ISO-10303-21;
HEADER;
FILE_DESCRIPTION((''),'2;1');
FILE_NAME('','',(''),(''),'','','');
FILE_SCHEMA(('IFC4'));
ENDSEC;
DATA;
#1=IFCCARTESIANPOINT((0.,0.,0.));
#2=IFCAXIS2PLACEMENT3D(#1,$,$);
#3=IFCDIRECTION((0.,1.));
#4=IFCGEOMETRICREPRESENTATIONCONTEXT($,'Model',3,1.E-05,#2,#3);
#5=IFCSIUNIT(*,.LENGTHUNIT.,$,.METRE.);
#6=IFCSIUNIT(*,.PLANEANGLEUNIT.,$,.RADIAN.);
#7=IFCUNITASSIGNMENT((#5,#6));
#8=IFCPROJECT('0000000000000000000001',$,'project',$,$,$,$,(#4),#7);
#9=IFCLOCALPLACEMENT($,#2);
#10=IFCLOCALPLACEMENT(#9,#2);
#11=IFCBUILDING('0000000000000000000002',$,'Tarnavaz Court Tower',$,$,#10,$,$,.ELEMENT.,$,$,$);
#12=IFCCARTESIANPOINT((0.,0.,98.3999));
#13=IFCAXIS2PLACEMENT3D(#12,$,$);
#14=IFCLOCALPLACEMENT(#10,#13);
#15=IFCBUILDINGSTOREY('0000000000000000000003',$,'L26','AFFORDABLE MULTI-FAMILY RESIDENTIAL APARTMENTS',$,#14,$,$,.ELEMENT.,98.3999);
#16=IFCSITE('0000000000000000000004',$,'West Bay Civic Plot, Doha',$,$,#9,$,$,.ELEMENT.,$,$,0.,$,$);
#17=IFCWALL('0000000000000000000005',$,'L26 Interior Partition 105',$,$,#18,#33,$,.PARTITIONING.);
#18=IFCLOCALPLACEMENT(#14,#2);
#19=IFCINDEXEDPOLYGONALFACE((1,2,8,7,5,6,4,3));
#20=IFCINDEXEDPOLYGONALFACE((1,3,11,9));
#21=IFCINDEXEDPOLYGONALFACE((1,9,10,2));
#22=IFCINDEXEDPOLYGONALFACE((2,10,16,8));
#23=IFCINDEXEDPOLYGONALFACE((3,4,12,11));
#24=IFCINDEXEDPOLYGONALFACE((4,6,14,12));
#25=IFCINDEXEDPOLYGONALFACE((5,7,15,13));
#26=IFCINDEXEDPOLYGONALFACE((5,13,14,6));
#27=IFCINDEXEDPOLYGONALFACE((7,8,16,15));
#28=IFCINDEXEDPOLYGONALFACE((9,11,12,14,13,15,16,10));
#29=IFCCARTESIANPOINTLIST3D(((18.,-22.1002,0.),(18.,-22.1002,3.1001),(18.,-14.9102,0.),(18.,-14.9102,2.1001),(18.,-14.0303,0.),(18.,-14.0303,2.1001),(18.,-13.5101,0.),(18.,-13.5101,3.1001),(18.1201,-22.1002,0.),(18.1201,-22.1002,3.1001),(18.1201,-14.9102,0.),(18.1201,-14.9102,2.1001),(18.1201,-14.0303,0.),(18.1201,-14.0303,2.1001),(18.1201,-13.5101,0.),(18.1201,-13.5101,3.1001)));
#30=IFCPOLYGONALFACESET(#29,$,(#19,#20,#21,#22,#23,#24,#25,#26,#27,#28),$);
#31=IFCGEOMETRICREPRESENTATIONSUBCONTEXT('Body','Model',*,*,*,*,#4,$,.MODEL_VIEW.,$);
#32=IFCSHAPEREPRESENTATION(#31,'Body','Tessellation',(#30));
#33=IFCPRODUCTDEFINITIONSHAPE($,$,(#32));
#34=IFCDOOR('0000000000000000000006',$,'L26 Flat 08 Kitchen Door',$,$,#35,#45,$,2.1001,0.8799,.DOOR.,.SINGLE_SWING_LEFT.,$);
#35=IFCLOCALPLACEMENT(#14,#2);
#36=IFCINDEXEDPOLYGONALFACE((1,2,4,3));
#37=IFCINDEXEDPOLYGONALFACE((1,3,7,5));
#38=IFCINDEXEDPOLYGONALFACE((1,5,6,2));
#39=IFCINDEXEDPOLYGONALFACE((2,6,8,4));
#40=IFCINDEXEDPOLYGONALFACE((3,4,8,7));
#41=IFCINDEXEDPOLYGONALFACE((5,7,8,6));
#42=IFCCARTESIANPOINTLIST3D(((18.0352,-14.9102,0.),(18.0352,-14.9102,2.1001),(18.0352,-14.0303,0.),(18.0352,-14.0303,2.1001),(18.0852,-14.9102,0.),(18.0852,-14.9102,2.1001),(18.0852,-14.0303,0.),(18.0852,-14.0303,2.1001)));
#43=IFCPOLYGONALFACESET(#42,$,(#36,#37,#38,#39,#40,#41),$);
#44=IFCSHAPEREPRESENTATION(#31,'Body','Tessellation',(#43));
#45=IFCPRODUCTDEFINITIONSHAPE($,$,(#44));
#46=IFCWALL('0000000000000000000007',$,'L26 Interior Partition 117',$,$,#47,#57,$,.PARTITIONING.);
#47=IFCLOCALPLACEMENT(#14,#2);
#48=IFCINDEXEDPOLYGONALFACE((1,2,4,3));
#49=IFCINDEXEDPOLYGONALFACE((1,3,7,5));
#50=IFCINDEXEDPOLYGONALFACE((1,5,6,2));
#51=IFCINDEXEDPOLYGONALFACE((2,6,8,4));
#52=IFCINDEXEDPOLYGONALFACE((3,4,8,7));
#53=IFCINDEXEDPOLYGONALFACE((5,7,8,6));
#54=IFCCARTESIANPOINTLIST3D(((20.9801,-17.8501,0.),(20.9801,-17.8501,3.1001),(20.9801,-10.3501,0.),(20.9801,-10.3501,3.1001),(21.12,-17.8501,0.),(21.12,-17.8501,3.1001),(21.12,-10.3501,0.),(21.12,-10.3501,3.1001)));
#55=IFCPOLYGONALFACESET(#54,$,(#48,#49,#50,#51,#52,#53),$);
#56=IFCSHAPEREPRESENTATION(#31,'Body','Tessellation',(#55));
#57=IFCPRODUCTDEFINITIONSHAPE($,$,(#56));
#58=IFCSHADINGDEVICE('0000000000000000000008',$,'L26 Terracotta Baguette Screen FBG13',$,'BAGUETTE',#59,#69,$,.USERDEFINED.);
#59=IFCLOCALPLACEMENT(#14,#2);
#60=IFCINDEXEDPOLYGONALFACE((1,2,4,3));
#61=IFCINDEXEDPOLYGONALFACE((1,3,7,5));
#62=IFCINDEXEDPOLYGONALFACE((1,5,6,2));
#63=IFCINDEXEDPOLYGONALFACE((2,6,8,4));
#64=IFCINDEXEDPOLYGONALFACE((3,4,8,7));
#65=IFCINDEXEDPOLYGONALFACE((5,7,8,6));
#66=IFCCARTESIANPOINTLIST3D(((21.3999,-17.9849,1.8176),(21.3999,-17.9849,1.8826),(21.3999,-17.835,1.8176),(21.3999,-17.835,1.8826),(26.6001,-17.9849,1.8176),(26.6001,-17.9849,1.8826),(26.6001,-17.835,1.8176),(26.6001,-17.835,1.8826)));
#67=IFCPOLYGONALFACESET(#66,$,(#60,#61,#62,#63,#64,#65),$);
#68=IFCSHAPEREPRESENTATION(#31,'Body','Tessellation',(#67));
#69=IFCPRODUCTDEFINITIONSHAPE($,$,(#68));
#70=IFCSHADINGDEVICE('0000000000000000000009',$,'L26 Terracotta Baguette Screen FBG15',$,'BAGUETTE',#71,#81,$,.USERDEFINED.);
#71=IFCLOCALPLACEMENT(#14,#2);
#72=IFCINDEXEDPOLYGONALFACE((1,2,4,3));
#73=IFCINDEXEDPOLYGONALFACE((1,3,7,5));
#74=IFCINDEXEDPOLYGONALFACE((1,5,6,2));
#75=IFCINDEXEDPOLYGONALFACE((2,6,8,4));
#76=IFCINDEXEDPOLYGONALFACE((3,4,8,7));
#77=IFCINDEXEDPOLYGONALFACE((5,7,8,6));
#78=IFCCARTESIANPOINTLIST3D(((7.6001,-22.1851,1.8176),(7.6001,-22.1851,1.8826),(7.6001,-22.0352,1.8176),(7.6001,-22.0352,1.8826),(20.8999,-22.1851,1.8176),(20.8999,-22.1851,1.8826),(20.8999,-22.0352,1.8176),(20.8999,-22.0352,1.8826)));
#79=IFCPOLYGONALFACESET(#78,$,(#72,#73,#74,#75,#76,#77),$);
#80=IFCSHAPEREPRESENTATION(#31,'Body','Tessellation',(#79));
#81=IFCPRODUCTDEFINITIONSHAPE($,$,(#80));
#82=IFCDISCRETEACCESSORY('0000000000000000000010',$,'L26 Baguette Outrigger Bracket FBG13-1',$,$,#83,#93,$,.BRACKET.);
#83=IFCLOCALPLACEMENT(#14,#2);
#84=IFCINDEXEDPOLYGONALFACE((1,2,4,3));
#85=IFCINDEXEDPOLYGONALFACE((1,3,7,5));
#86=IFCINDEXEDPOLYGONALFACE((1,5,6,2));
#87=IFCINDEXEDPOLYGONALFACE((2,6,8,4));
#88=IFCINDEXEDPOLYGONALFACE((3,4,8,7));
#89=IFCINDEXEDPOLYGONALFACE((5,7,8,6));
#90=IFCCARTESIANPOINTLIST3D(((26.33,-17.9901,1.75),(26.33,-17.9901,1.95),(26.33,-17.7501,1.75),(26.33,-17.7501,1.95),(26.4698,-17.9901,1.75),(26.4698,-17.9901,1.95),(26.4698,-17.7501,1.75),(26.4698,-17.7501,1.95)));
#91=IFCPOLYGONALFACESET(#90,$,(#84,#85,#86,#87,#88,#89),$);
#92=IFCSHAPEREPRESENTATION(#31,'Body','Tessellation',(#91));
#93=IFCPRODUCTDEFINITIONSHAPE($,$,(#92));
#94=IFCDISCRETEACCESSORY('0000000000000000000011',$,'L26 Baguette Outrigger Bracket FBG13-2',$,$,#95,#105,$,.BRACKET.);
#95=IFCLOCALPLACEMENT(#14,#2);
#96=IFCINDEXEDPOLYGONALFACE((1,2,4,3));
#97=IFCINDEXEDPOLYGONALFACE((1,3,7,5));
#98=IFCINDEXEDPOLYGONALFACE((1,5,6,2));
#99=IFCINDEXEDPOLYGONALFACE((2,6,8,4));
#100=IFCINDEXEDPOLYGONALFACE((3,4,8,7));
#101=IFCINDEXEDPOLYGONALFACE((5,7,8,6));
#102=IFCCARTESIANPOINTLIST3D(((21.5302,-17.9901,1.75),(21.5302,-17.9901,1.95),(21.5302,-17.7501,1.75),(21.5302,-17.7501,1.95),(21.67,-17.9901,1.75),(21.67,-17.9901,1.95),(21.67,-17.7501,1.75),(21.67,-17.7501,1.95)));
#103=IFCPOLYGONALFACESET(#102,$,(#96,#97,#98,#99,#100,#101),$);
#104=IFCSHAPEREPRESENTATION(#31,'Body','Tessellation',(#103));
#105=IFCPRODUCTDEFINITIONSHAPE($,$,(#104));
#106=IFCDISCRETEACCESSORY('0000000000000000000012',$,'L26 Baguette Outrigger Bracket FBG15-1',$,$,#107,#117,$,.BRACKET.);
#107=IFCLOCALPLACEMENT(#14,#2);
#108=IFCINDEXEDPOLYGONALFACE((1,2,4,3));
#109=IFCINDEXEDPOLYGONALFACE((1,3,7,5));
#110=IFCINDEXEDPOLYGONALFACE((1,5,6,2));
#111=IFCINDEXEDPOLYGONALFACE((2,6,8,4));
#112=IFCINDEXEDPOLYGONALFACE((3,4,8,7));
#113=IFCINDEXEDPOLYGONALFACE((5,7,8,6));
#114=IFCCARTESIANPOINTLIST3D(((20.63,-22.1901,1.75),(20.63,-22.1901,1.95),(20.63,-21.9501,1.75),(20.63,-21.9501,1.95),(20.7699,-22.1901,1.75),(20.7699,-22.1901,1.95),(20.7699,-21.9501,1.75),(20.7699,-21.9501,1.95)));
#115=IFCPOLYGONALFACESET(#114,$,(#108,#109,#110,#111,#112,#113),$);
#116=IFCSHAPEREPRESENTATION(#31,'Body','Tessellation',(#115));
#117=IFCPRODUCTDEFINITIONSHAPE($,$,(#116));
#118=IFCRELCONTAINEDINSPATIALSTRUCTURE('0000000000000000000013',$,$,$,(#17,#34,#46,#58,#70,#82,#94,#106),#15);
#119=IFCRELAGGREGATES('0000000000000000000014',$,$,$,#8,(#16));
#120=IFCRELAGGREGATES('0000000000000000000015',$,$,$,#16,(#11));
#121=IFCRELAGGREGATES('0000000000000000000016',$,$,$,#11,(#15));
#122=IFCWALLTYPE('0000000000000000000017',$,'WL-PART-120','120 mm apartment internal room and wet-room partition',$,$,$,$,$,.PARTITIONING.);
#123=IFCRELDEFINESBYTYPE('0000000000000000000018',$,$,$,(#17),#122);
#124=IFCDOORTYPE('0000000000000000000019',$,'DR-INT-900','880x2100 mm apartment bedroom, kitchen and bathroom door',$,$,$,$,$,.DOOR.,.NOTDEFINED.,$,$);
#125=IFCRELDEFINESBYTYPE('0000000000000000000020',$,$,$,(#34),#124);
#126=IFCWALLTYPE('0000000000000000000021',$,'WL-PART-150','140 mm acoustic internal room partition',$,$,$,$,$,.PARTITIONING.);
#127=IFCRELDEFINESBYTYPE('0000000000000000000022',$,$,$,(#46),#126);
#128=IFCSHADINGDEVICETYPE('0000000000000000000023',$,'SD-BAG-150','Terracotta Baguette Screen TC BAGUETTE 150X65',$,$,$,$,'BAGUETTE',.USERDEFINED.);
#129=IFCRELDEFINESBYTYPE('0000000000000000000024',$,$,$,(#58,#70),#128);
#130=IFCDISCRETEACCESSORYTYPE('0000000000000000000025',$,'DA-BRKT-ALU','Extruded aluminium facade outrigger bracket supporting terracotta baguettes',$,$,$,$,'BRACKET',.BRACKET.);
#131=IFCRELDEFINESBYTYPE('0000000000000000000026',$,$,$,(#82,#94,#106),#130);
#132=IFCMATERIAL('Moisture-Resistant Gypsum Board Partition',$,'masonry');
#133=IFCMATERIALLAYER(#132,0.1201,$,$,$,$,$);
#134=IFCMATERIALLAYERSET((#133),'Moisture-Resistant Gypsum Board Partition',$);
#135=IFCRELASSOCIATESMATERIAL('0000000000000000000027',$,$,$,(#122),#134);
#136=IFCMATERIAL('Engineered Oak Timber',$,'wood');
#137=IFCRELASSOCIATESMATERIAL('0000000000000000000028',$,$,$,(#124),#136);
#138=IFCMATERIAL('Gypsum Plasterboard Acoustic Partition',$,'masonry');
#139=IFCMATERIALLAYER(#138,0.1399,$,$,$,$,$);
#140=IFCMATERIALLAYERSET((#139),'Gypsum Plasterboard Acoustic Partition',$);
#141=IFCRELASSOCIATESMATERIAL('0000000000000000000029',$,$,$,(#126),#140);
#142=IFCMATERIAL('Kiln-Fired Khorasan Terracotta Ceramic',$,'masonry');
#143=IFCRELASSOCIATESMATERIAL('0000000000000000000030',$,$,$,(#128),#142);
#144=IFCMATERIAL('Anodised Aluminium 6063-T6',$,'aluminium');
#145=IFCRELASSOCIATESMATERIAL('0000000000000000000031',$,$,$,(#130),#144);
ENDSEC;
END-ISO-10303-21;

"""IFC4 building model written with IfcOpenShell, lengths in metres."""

from ifc_helpers import new_model, si_unit, direction, frame, frame_2d, origin, origin_2d, place, context, subcontext, project, spatial, rectangle, extrude, material, layer, layer_set, material_profile, profile_set, type_object, element, fill, save


model = new_model("IFC4")

# Units and contexts
model_context = context("Model", 3, precision=1e-05, world=origin(), true_north=direction((0.0, 1.0)))
body_context = subcontext(model_context, "Body", "Model", "MODEL_VIEW")
ifc_project = project(units=[si_unit("LENGTHUNIT", "METRE"), si_unit("PLANEANGLEUNIT", "RADIAN")], contexts=[model_context])

# Site, building, storey
site_placement = place(None, origin())
site = spatial("IfcSite", under=ifc_project, at=site_placement, Name="West Bay Civic Plot, Doha", CompositionType="ELEMENT", RefElevation=0.0)
building_placement = place(site_placement, origin())
building = spatial("IfcBuilding", under=site, at=building_placement, Name="Tarnavaz Court Tower", CompositionType="ELEMENT")
storey_placement = place(building_placement, frame((0.0, 0.0, 98.3999)))
storey = spatial("IfcBuildingStorey", under=building, at=storey_placement, Name="L26", Description="AFFORDABLE MULTI-FAMILY RESIDENTIAL APARTMENTS", CompositionType="ELEMENT", Elevation=98.3999)

# Wall, opening, door
ifc_material_1 = material(Name="Moisture-Resistant Gypsum Board Partition", Category="masonry")
ifc_layer_1 = layer(ifc_material_1, 0.1201)
ifc_layer_set_1 = layer_set([ifc_layer_1], Name="Moisture-Resistant Gypsum Board Partition")
wall_type_1 = type_object("IfcWallType", Name="WL-PART-120", Description="120 mm apartment internal room and wet-room partition", PredefinedType="PARTITIONING", material=ifc_layer_set_1)
wall_1_placement = place(storey_placement, frame((18.0601, -22.1001, 0.0), z_axis=(0.0, 0.0, 1.0), x_axis=(0.0, 1.0, 0.0)))
wall_1 = element("IfcWall", 1, at=wall_1_placement, inside=storey, type_object=wall_type_1, Name="L26 Interior Partition 105", PredefinedType="PARTITIONING", context=body_context, shape_type="SweptSolid", body=[
    extrude(rectangle(XDim=8.5901, YDim=0.1201, at=frame_2d((4.2949, 0.0))), origin(), (0.0, 0.0, 1.0), 3.1001),
])
opening_1_placement = place(wall_1_placement, frame((7.1899, 0.0, 0.0)))
opening_1 = element("IfcOpeningElement", 2, at=opening_1_placement, cuts=wall_1, PredefinedType="OPENING", context=body_context, shape_type="SweptSolid", body=[
    extrude(rectangle(XDim=0.8799, YDim=2.1001, at=frame_2d((0.4399, 1.05))), frame((0.0, 0.0701, 0.0), z_axis=(0.0, -1.0, 0.0), x_axis=(1.0, 0.0, 0.0)), (0.0, 0.0, 1.0), 0.1401),
])
ifc_material_2 = material(Name="Engineered Oak Timber", Category="wood")
door_type = type_object("IfcDoorType", Name="DR-INT-900", Description="880x2100 mm apartment bedroom, kitchen and bathroom door", OperationType="NOTDEFINED", PredefinedType="DOOR", material=ifc_material_2)
door_placement = place(opening_1_placement, origin())
door = element("IfcDoor", 3, at=door_placement, inside=storey, type_object=door_type, Name="L26 Flat 08 Kitchen Door", OperationType="SINGLE_SWING_LEFT", OverallHeight=2.1001, OverallWidth=0.8799, PredefinedType="DOOR", context=body_context, shape_type="SweptSolid", body=[
    extrude(rectangle(XDim=0.8799, YDim=2.1001, at=frame_2d((0.4399, 1.05))), frame((0.0, 0.0249, 0.0), z_axis=(0.0, -1.0, 0.0), x_axis=(1.0, 0.0, 0.0)), (0.0, 0.0, 1.0), 0.05),
])
fill(opening_1, door)

# Wall
ifc_material_3 = material(Name="Gypsum Plasterboard Acoustic Partition", Category="masonry")
ifc_layer_2 = layer(ifc_material_3, 0.1399)
ifc_layer_set_2 = layer_set([ifc_layer_2], Name="Gypsum Plasterboard Acoustic Partition")
wall_type_2 = type_object("IfcWallType", Name="WL-PART-150", Description="140 mm acoustic internal room partition", PredefinedType="PARTITIONING", material=ifc_layer_set_2)
wall_2_placement = place(storey_placement, frame((21.05, -17.8501, 0.0), z_axis=(0.0, 0.0, 1.0), x_axis=(0.0, 1.0, 0.0)))
element("IfcWall", 4, at=wall_2_placement, inside=storey, type_object=wall_type_2, Name="L26 Interior Partition 117", PredefinedType="PARTITIONING", context=body_context, shape_type="SweptSolid", body=[
    extrude(rectangle(XDim=7.5, YDim=0.1399, at=frame_2d((3.75, 0.0))), origin(), (0.0, 0.0, 1.0), 3.1001),
])

# Shading devices
ifc_material_4 = material(Name="Kiln-Fired Khorasan Terracotta Ceramic", Category="masonry")
ifc_material_profile_1 = material_profile(ifc_material_4, rectangle(XDim=0.1499, YDim=0.0649, at=origin_2d()), Name="TC BAGUETTE 150X65")
ifc_profile_set_1 = profile_set([ifc_material_profile_1], Name="Kiln-Fired Khorasan Terracotta Ceramic")
shading_device_type = type_object("IfcShadingDeviceType", Name="SD-BAG-150", Description="Terracotta Baguette Screen TC BAGUETTE 150X65", ElementType="BAGUETTE", PredefinedType="USERDEFINED", material=ifc_profile_set_1)
shading_device_1_placement = place(storey_placement, frame((26.6001, -17.9099, 1.8501), z_axis=(-1.0, 0.0, 0.0), x_axis=(0.0, -1.0, 0.0)))
element("IfcShadingDevice", 5, at=shading_device_1_placement, inside=storey, type_object=shading_device_type, Name="L26 Terracotta Baguette Screen FBG13", ObjectType="BAGUETTE", PredefinedType="USERDEFINED", context=body_context, shape_type="SweptSolid", body=[
    extrude(rectangle(XDim=0.1499, YDim=0.0649, at=origin_2d()), origin(), (0.0, 0.0, 1.0), 5.2002),
])
shading_device_2_placement = place(storey_placement, frame((20.8999, -22.1101, 1.8501), z_axis=(-1.0, 0.0, 0.0), x_axis=(0.0, -1.0, 0.0)))
element("IfcShadingDevice", 6, at=shading_device_2_placement, inside=storey, type_object=shading_device_type, Name="L26 Terracotta Baguette Screen FBG15", ObjectType="BAGUETTE", PredefinedType="USERDEFINED", context=body_context, shape_type="SweptSolid", body=[
    extrude(rectangle(XDim=0.1499, YDim=0.0649, at=origin_2d()), origin(), (0.0, 0.0, 1.0), 13.2998),
])

# Discrete accessories
ifc_material_5 = material(Name="Anodised Aluminium 6063-T6", Category="aluminium")
discrete_accessory_type = type_object("IfcDiscreteAccessoryType", Name="DA-BRKT-ALU", Description="Extruded aluminium facade outrigger bracket supporting terracotta baguettes", ElementType="BRACKET", PredefinedType="BRACKET", material=ifc_material_5)
for number, where, z_axis, x_axis, name in (
    (7, (26.3999, -17.8701, 1.75), (0.0, 0.0, 1.0), (-1.0, 0.0, 0.0), "L26 Baguette Outrigger Bracket FBG13-1"),
    (8, (21.6001, -17.8701, 1.75), (0.0, 0.0, 1.0), (-1.0, 0.0, 0.0), "L26 Baguette Outrigger Bracket FBG13-2"),
    (9, (20.7, -22.0701, 1.75), (0.0, 0.0, 1.0), (-1.0, 0.0, 0.0), "L26 Baguette Outrigger Bracket FBG15-1"),
):
    element("IfcDiscreteAccessory", number, at=place(storey_placement, frame(where, z_axis=z_axis, x_axis=x_axis)), inside=storey, type_object=discrete_accessory_type, Name=name, PredefinedType="BRACKET", context=body_context, shape_type="SweptSolid", body=[
        extrude(rectangle(XDim=0.1399, YDim=0.24, at=origin_2d()), origin(), (0.0, 0.0, 1.0), 0.2),
    ])

save(model, "model.ifc")
